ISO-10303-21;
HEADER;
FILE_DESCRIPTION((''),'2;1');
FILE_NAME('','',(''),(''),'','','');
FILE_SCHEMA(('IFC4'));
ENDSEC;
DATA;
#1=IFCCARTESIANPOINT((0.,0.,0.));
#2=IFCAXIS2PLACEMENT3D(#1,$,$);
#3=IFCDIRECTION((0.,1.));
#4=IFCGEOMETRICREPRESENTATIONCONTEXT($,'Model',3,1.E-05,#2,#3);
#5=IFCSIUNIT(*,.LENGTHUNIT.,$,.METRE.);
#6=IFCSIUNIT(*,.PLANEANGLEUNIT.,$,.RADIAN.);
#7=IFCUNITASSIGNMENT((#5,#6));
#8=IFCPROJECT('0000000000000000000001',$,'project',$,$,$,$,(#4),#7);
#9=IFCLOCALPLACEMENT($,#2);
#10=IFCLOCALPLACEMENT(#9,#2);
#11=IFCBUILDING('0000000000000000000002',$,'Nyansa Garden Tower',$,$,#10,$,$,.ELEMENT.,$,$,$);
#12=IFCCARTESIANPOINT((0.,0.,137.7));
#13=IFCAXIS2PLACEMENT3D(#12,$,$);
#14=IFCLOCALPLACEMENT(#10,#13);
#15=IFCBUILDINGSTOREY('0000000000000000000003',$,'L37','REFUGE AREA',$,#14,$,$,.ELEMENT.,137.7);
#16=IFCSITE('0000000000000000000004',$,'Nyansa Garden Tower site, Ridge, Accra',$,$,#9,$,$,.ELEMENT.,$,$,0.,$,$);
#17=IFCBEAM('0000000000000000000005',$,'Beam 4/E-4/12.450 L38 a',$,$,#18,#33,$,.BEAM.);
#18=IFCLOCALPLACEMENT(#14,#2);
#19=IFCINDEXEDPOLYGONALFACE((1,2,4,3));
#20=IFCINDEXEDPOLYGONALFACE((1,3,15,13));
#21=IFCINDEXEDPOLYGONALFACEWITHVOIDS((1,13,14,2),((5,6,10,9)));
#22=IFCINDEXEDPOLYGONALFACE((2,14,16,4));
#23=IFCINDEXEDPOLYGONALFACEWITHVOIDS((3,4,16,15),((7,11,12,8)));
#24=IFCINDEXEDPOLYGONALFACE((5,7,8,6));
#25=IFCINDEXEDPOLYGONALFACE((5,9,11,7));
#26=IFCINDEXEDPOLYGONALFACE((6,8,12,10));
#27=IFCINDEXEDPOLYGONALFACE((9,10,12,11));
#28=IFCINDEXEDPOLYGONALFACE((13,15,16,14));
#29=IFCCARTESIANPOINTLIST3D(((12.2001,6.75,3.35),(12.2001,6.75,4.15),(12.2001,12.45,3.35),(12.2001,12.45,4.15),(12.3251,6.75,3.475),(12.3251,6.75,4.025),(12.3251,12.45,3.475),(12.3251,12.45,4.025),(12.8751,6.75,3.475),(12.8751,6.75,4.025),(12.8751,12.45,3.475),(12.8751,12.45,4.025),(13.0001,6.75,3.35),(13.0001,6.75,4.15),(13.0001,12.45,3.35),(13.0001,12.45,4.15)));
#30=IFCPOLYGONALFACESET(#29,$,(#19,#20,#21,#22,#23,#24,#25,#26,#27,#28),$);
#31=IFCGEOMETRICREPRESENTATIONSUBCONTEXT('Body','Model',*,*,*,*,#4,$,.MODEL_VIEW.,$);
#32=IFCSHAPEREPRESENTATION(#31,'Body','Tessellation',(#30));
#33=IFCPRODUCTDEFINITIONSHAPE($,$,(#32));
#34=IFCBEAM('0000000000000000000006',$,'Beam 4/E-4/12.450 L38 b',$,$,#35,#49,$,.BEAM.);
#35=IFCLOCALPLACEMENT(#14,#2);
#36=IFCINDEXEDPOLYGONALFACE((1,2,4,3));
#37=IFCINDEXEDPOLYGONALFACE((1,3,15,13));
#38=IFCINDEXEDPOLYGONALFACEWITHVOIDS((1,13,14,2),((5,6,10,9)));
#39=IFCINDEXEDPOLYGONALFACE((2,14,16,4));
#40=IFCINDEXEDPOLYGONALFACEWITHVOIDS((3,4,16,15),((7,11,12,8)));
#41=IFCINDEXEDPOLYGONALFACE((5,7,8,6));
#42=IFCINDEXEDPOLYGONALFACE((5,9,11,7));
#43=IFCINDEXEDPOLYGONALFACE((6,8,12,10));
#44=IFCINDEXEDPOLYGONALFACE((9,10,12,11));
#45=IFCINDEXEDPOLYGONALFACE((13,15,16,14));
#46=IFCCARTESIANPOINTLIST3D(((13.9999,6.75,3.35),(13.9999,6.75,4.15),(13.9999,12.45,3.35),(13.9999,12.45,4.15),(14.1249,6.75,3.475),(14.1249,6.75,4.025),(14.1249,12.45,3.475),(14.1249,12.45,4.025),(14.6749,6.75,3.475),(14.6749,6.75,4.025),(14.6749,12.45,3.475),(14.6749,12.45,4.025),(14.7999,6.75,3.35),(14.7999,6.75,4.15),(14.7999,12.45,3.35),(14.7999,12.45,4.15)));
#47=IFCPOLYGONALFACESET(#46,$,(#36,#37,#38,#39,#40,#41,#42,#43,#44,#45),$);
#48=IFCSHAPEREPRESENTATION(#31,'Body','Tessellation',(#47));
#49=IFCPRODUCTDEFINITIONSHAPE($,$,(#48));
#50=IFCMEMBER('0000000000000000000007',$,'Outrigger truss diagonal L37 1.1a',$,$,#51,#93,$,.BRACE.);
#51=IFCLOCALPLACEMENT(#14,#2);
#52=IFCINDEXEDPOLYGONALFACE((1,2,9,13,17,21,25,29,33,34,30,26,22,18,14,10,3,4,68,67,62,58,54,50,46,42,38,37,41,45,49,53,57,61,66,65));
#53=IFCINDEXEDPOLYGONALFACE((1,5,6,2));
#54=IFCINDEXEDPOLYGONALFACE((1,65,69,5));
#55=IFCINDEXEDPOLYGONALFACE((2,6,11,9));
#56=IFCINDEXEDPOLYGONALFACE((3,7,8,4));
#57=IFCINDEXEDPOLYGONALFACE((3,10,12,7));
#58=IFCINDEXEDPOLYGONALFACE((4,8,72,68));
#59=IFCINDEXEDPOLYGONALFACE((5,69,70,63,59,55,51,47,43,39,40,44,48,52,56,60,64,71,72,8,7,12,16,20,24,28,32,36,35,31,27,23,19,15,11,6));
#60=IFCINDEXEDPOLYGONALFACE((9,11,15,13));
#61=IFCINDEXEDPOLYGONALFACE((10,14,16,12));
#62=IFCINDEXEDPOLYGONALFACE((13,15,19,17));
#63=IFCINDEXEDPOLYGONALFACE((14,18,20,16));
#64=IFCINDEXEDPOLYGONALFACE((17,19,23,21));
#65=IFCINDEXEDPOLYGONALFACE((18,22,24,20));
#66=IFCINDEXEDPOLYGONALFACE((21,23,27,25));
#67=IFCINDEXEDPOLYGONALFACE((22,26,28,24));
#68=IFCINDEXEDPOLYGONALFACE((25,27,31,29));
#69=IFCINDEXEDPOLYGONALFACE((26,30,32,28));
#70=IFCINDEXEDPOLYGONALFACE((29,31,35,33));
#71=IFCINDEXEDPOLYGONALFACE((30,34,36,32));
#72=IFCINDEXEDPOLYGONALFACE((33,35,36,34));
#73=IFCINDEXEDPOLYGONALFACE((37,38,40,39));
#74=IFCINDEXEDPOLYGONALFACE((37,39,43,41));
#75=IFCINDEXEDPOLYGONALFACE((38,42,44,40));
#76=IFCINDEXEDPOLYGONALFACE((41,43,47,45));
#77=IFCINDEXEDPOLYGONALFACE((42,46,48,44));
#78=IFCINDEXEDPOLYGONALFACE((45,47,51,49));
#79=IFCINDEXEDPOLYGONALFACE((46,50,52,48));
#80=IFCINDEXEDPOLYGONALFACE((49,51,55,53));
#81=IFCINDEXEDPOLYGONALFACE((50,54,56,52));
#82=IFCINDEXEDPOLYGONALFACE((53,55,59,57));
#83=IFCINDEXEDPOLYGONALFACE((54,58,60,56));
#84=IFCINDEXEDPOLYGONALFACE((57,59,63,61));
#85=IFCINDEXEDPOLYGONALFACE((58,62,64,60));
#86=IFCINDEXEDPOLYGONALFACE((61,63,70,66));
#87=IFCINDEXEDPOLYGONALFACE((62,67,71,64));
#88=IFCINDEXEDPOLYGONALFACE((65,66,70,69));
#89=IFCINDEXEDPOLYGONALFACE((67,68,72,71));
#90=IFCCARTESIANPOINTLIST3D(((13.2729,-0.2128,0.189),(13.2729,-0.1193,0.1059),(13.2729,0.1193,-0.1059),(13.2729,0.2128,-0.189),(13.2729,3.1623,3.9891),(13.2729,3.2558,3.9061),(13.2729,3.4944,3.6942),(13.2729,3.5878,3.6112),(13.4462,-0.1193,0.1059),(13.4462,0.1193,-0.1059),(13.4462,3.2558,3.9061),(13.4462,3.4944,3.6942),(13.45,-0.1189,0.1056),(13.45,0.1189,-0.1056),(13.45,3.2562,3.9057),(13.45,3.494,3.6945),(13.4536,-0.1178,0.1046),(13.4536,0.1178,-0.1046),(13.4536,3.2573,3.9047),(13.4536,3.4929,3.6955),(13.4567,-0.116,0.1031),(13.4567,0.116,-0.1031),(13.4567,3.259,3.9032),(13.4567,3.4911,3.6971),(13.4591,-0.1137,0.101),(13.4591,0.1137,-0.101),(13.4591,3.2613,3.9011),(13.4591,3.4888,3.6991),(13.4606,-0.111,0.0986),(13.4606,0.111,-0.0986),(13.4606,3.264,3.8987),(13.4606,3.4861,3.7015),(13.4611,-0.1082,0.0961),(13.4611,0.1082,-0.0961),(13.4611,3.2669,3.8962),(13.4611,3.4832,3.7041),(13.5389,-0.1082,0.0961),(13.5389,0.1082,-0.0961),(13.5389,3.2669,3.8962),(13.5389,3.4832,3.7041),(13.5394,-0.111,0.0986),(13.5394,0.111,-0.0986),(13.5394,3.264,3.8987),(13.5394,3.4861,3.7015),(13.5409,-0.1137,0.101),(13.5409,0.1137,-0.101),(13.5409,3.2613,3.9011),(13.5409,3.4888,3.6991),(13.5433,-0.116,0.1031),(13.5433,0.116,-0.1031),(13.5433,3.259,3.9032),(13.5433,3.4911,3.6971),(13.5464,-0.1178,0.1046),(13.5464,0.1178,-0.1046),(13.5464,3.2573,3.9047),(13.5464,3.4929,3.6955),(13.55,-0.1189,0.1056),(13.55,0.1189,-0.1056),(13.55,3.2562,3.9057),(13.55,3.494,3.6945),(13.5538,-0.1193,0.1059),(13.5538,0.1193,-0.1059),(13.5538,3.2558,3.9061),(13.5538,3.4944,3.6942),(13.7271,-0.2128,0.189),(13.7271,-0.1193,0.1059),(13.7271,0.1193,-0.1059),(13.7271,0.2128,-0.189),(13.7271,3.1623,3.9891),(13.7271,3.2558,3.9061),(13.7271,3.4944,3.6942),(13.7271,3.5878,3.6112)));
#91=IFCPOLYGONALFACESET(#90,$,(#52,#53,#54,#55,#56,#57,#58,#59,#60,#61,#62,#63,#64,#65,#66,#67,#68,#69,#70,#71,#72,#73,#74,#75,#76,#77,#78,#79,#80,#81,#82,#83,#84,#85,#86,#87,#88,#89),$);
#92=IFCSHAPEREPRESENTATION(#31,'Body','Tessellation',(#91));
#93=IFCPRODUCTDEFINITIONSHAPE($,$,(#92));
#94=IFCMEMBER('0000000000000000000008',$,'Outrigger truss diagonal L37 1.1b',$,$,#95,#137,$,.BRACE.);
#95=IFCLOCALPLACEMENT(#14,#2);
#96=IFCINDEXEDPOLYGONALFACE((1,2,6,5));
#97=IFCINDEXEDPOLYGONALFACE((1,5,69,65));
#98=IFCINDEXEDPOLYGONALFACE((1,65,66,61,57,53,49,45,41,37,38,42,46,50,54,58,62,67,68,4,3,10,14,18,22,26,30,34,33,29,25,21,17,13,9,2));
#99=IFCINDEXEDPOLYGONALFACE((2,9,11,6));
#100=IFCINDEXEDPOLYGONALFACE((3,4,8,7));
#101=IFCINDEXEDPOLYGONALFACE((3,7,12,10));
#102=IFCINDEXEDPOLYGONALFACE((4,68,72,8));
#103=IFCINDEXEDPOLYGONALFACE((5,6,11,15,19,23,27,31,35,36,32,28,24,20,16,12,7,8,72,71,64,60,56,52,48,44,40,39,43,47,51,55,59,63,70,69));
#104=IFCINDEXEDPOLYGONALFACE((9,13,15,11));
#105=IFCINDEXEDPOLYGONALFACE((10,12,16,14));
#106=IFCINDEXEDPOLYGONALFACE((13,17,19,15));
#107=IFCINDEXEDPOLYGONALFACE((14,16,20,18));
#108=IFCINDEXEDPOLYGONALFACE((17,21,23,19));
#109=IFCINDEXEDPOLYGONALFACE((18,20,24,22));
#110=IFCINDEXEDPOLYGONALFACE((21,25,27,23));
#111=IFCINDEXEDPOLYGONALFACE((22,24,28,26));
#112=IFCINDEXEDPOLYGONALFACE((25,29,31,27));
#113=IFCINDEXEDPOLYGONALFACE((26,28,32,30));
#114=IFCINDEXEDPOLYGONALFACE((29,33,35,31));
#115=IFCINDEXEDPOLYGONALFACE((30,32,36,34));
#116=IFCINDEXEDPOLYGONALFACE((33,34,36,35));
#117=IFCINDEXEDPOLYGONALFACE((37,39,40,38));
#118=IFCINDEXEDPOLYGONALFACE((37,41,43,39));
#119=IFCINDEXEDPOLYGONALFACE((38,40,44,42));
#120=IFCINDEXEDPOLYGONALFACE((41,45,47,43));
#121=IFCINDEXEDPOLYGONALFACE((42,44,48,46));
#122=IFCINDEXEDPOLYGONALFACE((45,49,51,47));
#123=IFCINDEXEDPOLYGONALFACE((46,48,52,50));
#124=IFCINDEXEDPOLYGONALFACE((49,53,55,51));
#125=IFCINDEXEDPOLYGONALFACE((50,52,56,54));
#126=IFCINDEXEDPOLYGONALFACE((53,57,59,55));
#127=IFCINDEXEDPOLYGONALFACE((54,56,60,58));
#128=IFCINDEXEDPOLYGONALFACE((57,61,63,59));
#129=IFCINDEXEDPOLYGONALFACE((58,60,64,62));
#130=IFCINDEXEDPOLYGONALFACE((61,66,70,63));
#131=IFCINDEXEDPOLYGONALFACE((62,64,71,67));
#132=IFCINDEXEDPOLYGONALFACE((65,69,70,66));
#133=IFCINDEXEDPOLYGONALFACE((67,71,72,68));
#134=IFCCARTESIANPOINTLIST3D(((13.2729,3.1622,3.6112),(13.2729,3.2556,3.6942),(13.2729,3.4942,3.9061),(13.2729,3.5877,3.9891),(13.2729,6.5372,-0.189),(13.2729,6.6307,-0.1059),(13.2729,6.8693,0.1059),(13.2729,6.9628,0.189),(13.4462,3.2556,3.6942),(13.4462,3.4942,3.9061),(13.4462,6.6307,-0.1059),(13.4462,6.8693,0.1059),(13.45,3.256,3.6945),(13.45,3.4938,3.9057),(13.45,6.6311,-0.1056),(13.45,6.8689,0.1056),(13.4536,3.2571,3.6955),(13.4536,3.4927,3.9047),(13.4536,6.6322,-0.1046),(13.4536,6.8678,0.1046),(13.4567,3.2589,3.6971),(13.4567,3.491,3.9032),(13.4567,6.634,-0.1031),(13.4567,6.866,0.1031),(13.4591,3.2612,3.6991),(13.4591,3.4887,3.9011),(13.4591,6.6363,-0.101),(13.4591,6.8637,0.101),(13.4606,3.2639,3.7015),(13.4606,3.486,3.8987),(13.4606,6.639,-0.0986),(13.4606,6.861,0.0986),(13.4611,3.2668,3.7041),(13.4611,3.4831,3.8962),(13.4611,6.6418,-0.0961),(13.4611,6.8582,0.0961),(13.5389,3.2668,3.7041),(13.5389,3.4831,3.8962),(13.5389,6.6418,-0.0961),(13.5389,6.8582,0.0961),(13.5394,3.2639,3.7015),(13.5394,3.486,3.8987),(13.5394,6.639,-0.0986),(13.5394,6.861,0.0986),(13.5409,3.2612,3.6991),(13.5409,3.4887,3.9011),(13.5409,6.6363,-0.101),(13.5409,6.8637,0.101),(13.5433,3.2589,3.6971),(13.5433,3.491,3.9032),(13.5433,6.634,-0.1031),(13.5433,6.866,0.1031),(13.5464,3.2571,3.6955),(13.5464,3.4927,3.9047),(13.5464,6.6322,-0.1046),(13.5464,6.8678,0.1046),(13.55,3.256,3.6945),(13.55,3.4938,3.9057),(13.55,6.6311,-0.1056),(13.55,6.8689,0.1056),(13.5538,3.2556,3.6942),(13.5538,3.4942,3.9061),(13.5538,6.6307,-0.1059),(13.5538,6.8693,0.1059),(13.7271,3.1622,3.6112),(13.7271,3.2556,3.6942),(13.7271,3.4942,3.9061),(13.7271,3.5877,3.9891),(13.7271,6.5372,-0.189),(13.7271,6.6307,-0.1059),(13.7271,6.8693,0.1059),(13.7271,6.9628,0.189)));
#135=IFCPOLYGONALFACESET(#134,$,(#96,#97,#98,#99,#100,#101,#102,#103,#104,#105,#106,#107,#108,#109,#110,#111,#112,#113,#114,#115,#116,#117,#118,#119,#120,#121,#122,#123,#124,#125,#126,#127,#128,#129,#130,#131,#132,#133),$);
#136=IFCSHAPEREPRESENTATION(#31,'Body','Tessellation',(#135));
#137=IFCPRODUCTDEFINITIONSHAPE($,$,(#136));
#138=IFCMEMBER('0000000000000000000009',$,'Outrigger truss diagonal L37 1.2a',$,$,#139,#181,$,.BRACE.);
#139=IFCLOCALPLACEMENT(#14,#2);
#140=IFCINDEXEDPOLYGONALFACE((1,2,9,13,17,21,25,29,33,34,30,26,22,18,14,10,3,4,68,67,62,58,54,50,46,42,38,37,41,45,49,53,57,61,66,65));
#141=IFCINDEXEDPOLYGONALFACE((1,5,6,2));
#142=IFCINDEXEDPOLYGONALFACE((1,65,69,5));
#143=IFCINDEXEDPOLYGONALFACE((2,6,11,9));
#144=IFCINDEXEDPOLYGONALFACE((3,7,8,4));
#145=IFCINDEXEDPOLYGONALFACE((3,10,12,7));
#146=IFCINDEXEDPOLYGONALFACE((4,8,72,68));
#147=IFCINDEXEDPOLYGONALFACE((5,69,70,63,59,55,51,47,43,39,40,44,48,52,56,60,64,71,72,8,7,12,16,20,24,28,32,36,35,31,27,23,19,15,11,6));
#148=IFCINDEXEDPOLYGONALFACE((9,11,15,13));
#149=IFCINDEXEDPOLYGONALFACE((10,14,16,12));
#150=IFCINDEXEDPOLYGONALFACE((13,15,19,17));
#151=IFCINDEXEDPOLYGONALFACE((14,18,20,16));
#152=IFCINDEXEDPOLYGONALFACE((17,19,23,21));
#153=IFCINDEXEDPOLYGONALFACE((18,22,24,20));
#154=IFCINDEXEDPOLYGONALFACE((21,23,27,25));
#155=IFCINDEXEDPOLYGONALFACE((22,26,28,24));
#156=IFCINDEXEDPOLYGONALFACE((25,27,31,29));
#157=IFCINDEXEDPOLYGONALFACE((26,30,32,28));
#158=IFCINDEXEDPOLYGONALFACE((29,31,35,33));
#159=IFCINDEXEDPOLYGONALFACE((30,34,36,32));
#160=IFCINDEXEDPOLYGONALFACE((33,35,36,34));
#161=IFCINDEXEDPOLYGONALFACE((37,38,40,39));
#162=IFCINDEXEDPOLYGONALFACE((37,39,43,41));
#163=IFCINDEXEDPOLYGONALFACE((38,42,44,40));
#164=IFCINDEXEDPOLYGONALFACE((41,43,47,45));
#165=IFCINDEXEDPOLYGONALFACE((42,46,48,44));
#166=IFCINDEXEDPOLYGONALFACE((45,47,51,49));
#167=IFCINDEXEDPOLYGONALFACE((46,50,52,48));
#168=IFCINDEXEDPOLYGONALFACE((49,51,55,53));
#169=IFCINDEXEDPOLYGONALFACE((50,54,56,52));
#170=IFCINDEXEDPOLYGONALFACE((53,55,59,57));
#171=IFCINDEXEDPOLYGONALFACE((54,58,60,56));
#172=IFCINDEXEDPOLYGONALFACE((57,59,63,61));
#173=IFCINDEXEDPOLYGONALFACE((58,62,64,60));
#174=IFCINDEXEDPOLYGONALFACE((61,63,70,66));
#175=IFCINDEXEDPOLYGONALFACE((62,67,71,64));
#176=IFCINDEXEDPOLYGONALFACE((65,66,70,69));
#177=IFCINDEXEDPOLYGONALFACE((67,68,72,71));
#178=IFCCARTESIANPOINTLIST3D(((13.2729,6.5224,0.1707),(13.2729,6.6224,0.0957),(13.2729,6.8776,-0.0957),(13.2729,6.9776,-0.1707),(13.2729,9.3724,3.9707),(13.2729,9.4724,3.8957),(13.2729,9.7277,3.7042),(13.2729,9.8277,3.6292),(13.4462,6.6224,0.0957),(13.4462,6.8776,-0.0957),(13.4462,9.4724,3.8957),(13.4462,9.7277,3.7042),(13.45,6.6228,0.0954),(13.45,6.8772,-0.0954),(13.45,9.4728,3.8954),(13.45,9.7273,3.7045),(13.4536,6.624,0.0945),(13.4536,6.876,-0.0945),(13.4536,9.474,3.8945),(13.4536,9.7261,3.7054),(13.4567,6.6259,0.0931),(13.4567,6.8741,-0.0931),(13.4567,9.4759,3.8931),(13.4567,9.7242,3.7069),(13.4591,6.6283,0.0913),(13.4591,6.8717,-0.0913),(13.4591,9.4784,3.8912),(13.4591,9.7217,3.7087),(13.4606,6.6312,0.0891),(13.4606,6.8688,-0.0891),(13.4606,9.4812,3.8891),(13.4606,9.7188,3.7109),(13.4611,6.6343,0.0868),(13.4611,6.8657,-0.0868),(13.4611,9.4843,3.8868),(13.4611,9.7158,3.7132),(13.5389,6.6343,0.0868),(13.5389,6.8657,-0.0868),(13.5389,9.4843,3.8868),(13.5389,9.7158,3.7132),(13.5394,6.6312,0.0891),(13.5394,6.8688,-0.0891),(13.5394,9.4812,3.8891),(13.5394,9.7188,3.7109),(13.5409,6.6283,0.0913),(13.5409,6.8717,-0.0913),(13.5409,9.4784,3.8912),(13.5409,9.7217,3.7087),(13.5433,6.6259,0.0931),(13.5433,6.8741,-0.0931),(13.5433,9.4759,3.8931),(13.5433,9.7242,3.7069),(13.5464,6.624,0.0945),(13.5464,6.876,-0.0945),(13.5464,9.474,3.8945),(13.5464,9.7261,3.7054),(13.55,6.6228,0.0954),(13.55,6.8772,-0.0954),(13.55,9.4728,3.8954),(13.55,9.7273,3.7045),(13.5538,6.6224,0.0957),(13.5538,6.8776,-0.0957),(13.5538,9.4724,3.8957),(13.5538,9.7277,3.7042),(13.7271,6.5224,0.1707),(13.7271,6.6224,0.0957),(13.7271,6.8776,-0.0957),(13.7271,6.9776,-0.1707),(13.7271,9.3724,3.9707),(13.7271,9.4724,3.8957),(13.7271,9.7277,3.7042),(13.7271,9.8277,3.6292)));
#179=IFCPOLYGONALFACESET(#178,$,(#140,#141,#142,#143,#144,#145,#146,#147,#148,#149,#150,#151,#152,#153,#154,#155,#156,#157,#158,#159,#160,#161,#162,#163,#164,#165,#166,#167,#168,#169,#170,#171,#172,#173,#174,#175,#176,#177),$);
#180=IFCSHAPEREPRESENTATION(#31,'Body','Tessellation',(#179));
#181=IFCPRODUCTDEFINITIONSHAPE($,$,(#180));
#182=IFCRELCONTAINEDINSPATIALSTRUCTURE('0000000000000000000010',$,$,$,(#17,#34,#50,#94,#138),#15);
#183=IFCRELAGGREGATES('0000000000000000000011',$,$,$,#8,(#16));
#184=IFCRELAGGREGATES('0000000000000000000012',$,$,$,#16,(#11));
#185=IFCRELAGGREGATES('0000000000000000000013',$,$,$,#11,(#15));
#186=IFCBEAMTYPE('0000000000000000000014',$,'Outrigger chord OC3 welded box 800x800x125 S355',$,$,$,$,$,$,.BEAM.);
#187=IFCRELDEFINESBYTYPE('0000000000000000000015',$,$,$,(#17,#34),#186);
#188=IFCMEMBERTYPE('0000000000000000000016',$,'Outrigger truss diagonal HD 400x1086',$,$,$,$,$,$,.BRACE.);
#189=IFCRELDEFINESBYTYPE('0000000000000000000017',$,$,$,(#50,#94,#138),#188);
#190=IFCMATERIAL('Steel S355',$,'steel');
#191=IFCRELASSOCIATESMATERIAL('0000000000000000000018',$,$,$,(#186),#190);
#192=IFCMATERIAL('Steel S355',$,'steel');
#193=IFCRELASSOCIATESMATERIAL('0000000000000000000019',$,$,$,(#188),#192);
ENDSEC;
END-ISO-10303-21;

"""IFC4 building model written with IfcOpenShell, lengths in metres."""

from ifc_helpers import new_model, si_unit, direction, frame, origin, origin_2d, place, context, subcontext, project, spatial, hollow_rectangle, i_section, extrude, material, material_profile, profile_set, type_object, element, save


model = new_model("IFC4")

# Units and contexts
model_context = context("Model", 3, precision=1e-05, world=origin(), true_north=direction((0.0, 1.0)))
body_context = subcontext(model_context, "Body", "Model", "MODEL_VIEW")
ifc_project = project(units=[si_unit("LENGTHUNIT", "METRE"), si_unit("PLANEANGLEUNIT", "RADIAN")], contexts=[model_context])

# Site, building, storey
site_placement = place(None, origin())
site = spatial("IfcSite", under=ifc_project, at=site_placement, Name="Nyansa Garden Tower site, Ridge, Accra", CompositionType="ELEMENT", RefElevation=0.0)
building_placement = place(site_placement, origin())
building = spatial("IfcBuilding", under=site, at=building_placement, Name="Nyansa Garden Tower", CompositionType="ELEMENT")
storey_placement = place(building_placement, frame((0.0, 0.0, 137.7)))
storey = spatial("IfcBuildingStorey", under=building, at=storey_placement, Name="L37", Description="REFUGE AREA", CompositionType="ELEMENT", Elevation=137.7)

# Beams
ifc_material_1 = material(Name="Steel S355", Category="steel")
ifc_material_profile_1 = material_profile(ifc_material_1, hollow_rectangle(XDim=0.8, YDim=0.8, WallThickness=0.125, at=origin_2d()), Name="Welded box 800x800x125")
ifc_profile_set_1 = profile_set([ifc_material_profile_1], Name="Steel S355")
beam_type_1 = type_object("IfcBeamType", Name="Outrigger chord OC3 welded box 800x800x125 S355", PredefinedType="BEAM", material=ifc_profile_set_1)
for number, where, z_axis, x_axis, name in (
    (1, (12.6001, 6.75, 3.75), (0.0, 1.0, 0.0), (-1.0, 0.0, 0.0), "Beam 4/E-4/12.450 L38 a"),
    (2, (14.3999, 6.75, 3.75), (0.0, 1.0, 0.0), (-1.0, 0.0, 0.0), "Beam 4/E-4/12.450 L38 b"),
):
    element("IfcBeam", number, at=place(storey_placement, frame(where, z_axis=z_axis, x_axis=x_axis)), inside=storey, type_object=beam_type_1, Name=name, PredefinedType="BEAM", context=body_context, shape_type="SweptSolid", body=[
        extrude(hollow_rectangle(XDim=0.8, YDim=0.8, WallThickness=0.125, at=origin_2d()), origin(), (0.0, 0.0, 1.0), 5.7),
    ])

# Members
ifc_material_2 = material(Name="Steel S355", Category="steel")
ifc_material_profile_2 = material_profile(ifc_material_2, i_section(OverallWidth=0.4541, OverallDepth=0.5691, WebThickness=0.0779, FlangeThickness=0.125, FilletRadius=0.0149, at=origin_2d()), Name="HD 400x1086")
ifc_profile_set_2 = profile_set([ifc_material_profile_2], Name="Steel S355")
member_type_1 = type_object("IfcMemberType", Name="Outrigger truss diagonal HD 400x1086", PredefinedType="BRACE", material=ifc_profile_set_2)
for number, where, z_axis, x_axis, name in (
    (3, (13.5, 0.0, 0.0), (0.0, 0.664054, 0.747685), (-1.0, 0.0, 0.0), "Outrigger truss diagonal L37 1.1a"),
    (4, (13.5, 6.75, 0.0), (0.0, -0.664054, 0.747685), (1.0, 0.0, 0.0), "Outrigger truss diagonal L37 1.1b"),
):
    element("IfcMember", number, at=place(storey_placement, frame(where, z_axis=z_axis, x_axis=x_axis)), inside=storey, type_object=member_type_1, Name=name, PredefinedType="BRACE", context=body_context, shape_type="SweptSolid", body=[
        extrude(i_section(OverallWidth=0.4541, OverallDepth=0.5691, WebThickness=0.0779, FlangeThickness=0.125, FilletRadius=0.0149, at=origin_2d()), origin(), (0.0, 0.0, 1.0), 5.0825),
    ])
member_1_placement = place(storey_placement, frame((13.5, 6.75, 0.0), z_axis=(0.0, 0.600008, 0.799994), x_axis=(-1.0, 0.0, 0.0)))
element("IfcMember", 5, at=member_1_placement, inside=storey, type_object=member_type_1, Name="Outrigger truss diagonal L37 1.2a", PredefinedType="BRACE", context=body_context, shape_type="SweptSolid", body=[
    extrude(i_section(OverallWidth=0.4541, OverallDepth=0.5691, WebThickness=0.0779, FlangeThickness=0.125, FilletRadius=0.0149, at=origin_2d()), origin(), (0.0, 0.0, 1.0), 4.75),
])

save(model, "model.ifc")
